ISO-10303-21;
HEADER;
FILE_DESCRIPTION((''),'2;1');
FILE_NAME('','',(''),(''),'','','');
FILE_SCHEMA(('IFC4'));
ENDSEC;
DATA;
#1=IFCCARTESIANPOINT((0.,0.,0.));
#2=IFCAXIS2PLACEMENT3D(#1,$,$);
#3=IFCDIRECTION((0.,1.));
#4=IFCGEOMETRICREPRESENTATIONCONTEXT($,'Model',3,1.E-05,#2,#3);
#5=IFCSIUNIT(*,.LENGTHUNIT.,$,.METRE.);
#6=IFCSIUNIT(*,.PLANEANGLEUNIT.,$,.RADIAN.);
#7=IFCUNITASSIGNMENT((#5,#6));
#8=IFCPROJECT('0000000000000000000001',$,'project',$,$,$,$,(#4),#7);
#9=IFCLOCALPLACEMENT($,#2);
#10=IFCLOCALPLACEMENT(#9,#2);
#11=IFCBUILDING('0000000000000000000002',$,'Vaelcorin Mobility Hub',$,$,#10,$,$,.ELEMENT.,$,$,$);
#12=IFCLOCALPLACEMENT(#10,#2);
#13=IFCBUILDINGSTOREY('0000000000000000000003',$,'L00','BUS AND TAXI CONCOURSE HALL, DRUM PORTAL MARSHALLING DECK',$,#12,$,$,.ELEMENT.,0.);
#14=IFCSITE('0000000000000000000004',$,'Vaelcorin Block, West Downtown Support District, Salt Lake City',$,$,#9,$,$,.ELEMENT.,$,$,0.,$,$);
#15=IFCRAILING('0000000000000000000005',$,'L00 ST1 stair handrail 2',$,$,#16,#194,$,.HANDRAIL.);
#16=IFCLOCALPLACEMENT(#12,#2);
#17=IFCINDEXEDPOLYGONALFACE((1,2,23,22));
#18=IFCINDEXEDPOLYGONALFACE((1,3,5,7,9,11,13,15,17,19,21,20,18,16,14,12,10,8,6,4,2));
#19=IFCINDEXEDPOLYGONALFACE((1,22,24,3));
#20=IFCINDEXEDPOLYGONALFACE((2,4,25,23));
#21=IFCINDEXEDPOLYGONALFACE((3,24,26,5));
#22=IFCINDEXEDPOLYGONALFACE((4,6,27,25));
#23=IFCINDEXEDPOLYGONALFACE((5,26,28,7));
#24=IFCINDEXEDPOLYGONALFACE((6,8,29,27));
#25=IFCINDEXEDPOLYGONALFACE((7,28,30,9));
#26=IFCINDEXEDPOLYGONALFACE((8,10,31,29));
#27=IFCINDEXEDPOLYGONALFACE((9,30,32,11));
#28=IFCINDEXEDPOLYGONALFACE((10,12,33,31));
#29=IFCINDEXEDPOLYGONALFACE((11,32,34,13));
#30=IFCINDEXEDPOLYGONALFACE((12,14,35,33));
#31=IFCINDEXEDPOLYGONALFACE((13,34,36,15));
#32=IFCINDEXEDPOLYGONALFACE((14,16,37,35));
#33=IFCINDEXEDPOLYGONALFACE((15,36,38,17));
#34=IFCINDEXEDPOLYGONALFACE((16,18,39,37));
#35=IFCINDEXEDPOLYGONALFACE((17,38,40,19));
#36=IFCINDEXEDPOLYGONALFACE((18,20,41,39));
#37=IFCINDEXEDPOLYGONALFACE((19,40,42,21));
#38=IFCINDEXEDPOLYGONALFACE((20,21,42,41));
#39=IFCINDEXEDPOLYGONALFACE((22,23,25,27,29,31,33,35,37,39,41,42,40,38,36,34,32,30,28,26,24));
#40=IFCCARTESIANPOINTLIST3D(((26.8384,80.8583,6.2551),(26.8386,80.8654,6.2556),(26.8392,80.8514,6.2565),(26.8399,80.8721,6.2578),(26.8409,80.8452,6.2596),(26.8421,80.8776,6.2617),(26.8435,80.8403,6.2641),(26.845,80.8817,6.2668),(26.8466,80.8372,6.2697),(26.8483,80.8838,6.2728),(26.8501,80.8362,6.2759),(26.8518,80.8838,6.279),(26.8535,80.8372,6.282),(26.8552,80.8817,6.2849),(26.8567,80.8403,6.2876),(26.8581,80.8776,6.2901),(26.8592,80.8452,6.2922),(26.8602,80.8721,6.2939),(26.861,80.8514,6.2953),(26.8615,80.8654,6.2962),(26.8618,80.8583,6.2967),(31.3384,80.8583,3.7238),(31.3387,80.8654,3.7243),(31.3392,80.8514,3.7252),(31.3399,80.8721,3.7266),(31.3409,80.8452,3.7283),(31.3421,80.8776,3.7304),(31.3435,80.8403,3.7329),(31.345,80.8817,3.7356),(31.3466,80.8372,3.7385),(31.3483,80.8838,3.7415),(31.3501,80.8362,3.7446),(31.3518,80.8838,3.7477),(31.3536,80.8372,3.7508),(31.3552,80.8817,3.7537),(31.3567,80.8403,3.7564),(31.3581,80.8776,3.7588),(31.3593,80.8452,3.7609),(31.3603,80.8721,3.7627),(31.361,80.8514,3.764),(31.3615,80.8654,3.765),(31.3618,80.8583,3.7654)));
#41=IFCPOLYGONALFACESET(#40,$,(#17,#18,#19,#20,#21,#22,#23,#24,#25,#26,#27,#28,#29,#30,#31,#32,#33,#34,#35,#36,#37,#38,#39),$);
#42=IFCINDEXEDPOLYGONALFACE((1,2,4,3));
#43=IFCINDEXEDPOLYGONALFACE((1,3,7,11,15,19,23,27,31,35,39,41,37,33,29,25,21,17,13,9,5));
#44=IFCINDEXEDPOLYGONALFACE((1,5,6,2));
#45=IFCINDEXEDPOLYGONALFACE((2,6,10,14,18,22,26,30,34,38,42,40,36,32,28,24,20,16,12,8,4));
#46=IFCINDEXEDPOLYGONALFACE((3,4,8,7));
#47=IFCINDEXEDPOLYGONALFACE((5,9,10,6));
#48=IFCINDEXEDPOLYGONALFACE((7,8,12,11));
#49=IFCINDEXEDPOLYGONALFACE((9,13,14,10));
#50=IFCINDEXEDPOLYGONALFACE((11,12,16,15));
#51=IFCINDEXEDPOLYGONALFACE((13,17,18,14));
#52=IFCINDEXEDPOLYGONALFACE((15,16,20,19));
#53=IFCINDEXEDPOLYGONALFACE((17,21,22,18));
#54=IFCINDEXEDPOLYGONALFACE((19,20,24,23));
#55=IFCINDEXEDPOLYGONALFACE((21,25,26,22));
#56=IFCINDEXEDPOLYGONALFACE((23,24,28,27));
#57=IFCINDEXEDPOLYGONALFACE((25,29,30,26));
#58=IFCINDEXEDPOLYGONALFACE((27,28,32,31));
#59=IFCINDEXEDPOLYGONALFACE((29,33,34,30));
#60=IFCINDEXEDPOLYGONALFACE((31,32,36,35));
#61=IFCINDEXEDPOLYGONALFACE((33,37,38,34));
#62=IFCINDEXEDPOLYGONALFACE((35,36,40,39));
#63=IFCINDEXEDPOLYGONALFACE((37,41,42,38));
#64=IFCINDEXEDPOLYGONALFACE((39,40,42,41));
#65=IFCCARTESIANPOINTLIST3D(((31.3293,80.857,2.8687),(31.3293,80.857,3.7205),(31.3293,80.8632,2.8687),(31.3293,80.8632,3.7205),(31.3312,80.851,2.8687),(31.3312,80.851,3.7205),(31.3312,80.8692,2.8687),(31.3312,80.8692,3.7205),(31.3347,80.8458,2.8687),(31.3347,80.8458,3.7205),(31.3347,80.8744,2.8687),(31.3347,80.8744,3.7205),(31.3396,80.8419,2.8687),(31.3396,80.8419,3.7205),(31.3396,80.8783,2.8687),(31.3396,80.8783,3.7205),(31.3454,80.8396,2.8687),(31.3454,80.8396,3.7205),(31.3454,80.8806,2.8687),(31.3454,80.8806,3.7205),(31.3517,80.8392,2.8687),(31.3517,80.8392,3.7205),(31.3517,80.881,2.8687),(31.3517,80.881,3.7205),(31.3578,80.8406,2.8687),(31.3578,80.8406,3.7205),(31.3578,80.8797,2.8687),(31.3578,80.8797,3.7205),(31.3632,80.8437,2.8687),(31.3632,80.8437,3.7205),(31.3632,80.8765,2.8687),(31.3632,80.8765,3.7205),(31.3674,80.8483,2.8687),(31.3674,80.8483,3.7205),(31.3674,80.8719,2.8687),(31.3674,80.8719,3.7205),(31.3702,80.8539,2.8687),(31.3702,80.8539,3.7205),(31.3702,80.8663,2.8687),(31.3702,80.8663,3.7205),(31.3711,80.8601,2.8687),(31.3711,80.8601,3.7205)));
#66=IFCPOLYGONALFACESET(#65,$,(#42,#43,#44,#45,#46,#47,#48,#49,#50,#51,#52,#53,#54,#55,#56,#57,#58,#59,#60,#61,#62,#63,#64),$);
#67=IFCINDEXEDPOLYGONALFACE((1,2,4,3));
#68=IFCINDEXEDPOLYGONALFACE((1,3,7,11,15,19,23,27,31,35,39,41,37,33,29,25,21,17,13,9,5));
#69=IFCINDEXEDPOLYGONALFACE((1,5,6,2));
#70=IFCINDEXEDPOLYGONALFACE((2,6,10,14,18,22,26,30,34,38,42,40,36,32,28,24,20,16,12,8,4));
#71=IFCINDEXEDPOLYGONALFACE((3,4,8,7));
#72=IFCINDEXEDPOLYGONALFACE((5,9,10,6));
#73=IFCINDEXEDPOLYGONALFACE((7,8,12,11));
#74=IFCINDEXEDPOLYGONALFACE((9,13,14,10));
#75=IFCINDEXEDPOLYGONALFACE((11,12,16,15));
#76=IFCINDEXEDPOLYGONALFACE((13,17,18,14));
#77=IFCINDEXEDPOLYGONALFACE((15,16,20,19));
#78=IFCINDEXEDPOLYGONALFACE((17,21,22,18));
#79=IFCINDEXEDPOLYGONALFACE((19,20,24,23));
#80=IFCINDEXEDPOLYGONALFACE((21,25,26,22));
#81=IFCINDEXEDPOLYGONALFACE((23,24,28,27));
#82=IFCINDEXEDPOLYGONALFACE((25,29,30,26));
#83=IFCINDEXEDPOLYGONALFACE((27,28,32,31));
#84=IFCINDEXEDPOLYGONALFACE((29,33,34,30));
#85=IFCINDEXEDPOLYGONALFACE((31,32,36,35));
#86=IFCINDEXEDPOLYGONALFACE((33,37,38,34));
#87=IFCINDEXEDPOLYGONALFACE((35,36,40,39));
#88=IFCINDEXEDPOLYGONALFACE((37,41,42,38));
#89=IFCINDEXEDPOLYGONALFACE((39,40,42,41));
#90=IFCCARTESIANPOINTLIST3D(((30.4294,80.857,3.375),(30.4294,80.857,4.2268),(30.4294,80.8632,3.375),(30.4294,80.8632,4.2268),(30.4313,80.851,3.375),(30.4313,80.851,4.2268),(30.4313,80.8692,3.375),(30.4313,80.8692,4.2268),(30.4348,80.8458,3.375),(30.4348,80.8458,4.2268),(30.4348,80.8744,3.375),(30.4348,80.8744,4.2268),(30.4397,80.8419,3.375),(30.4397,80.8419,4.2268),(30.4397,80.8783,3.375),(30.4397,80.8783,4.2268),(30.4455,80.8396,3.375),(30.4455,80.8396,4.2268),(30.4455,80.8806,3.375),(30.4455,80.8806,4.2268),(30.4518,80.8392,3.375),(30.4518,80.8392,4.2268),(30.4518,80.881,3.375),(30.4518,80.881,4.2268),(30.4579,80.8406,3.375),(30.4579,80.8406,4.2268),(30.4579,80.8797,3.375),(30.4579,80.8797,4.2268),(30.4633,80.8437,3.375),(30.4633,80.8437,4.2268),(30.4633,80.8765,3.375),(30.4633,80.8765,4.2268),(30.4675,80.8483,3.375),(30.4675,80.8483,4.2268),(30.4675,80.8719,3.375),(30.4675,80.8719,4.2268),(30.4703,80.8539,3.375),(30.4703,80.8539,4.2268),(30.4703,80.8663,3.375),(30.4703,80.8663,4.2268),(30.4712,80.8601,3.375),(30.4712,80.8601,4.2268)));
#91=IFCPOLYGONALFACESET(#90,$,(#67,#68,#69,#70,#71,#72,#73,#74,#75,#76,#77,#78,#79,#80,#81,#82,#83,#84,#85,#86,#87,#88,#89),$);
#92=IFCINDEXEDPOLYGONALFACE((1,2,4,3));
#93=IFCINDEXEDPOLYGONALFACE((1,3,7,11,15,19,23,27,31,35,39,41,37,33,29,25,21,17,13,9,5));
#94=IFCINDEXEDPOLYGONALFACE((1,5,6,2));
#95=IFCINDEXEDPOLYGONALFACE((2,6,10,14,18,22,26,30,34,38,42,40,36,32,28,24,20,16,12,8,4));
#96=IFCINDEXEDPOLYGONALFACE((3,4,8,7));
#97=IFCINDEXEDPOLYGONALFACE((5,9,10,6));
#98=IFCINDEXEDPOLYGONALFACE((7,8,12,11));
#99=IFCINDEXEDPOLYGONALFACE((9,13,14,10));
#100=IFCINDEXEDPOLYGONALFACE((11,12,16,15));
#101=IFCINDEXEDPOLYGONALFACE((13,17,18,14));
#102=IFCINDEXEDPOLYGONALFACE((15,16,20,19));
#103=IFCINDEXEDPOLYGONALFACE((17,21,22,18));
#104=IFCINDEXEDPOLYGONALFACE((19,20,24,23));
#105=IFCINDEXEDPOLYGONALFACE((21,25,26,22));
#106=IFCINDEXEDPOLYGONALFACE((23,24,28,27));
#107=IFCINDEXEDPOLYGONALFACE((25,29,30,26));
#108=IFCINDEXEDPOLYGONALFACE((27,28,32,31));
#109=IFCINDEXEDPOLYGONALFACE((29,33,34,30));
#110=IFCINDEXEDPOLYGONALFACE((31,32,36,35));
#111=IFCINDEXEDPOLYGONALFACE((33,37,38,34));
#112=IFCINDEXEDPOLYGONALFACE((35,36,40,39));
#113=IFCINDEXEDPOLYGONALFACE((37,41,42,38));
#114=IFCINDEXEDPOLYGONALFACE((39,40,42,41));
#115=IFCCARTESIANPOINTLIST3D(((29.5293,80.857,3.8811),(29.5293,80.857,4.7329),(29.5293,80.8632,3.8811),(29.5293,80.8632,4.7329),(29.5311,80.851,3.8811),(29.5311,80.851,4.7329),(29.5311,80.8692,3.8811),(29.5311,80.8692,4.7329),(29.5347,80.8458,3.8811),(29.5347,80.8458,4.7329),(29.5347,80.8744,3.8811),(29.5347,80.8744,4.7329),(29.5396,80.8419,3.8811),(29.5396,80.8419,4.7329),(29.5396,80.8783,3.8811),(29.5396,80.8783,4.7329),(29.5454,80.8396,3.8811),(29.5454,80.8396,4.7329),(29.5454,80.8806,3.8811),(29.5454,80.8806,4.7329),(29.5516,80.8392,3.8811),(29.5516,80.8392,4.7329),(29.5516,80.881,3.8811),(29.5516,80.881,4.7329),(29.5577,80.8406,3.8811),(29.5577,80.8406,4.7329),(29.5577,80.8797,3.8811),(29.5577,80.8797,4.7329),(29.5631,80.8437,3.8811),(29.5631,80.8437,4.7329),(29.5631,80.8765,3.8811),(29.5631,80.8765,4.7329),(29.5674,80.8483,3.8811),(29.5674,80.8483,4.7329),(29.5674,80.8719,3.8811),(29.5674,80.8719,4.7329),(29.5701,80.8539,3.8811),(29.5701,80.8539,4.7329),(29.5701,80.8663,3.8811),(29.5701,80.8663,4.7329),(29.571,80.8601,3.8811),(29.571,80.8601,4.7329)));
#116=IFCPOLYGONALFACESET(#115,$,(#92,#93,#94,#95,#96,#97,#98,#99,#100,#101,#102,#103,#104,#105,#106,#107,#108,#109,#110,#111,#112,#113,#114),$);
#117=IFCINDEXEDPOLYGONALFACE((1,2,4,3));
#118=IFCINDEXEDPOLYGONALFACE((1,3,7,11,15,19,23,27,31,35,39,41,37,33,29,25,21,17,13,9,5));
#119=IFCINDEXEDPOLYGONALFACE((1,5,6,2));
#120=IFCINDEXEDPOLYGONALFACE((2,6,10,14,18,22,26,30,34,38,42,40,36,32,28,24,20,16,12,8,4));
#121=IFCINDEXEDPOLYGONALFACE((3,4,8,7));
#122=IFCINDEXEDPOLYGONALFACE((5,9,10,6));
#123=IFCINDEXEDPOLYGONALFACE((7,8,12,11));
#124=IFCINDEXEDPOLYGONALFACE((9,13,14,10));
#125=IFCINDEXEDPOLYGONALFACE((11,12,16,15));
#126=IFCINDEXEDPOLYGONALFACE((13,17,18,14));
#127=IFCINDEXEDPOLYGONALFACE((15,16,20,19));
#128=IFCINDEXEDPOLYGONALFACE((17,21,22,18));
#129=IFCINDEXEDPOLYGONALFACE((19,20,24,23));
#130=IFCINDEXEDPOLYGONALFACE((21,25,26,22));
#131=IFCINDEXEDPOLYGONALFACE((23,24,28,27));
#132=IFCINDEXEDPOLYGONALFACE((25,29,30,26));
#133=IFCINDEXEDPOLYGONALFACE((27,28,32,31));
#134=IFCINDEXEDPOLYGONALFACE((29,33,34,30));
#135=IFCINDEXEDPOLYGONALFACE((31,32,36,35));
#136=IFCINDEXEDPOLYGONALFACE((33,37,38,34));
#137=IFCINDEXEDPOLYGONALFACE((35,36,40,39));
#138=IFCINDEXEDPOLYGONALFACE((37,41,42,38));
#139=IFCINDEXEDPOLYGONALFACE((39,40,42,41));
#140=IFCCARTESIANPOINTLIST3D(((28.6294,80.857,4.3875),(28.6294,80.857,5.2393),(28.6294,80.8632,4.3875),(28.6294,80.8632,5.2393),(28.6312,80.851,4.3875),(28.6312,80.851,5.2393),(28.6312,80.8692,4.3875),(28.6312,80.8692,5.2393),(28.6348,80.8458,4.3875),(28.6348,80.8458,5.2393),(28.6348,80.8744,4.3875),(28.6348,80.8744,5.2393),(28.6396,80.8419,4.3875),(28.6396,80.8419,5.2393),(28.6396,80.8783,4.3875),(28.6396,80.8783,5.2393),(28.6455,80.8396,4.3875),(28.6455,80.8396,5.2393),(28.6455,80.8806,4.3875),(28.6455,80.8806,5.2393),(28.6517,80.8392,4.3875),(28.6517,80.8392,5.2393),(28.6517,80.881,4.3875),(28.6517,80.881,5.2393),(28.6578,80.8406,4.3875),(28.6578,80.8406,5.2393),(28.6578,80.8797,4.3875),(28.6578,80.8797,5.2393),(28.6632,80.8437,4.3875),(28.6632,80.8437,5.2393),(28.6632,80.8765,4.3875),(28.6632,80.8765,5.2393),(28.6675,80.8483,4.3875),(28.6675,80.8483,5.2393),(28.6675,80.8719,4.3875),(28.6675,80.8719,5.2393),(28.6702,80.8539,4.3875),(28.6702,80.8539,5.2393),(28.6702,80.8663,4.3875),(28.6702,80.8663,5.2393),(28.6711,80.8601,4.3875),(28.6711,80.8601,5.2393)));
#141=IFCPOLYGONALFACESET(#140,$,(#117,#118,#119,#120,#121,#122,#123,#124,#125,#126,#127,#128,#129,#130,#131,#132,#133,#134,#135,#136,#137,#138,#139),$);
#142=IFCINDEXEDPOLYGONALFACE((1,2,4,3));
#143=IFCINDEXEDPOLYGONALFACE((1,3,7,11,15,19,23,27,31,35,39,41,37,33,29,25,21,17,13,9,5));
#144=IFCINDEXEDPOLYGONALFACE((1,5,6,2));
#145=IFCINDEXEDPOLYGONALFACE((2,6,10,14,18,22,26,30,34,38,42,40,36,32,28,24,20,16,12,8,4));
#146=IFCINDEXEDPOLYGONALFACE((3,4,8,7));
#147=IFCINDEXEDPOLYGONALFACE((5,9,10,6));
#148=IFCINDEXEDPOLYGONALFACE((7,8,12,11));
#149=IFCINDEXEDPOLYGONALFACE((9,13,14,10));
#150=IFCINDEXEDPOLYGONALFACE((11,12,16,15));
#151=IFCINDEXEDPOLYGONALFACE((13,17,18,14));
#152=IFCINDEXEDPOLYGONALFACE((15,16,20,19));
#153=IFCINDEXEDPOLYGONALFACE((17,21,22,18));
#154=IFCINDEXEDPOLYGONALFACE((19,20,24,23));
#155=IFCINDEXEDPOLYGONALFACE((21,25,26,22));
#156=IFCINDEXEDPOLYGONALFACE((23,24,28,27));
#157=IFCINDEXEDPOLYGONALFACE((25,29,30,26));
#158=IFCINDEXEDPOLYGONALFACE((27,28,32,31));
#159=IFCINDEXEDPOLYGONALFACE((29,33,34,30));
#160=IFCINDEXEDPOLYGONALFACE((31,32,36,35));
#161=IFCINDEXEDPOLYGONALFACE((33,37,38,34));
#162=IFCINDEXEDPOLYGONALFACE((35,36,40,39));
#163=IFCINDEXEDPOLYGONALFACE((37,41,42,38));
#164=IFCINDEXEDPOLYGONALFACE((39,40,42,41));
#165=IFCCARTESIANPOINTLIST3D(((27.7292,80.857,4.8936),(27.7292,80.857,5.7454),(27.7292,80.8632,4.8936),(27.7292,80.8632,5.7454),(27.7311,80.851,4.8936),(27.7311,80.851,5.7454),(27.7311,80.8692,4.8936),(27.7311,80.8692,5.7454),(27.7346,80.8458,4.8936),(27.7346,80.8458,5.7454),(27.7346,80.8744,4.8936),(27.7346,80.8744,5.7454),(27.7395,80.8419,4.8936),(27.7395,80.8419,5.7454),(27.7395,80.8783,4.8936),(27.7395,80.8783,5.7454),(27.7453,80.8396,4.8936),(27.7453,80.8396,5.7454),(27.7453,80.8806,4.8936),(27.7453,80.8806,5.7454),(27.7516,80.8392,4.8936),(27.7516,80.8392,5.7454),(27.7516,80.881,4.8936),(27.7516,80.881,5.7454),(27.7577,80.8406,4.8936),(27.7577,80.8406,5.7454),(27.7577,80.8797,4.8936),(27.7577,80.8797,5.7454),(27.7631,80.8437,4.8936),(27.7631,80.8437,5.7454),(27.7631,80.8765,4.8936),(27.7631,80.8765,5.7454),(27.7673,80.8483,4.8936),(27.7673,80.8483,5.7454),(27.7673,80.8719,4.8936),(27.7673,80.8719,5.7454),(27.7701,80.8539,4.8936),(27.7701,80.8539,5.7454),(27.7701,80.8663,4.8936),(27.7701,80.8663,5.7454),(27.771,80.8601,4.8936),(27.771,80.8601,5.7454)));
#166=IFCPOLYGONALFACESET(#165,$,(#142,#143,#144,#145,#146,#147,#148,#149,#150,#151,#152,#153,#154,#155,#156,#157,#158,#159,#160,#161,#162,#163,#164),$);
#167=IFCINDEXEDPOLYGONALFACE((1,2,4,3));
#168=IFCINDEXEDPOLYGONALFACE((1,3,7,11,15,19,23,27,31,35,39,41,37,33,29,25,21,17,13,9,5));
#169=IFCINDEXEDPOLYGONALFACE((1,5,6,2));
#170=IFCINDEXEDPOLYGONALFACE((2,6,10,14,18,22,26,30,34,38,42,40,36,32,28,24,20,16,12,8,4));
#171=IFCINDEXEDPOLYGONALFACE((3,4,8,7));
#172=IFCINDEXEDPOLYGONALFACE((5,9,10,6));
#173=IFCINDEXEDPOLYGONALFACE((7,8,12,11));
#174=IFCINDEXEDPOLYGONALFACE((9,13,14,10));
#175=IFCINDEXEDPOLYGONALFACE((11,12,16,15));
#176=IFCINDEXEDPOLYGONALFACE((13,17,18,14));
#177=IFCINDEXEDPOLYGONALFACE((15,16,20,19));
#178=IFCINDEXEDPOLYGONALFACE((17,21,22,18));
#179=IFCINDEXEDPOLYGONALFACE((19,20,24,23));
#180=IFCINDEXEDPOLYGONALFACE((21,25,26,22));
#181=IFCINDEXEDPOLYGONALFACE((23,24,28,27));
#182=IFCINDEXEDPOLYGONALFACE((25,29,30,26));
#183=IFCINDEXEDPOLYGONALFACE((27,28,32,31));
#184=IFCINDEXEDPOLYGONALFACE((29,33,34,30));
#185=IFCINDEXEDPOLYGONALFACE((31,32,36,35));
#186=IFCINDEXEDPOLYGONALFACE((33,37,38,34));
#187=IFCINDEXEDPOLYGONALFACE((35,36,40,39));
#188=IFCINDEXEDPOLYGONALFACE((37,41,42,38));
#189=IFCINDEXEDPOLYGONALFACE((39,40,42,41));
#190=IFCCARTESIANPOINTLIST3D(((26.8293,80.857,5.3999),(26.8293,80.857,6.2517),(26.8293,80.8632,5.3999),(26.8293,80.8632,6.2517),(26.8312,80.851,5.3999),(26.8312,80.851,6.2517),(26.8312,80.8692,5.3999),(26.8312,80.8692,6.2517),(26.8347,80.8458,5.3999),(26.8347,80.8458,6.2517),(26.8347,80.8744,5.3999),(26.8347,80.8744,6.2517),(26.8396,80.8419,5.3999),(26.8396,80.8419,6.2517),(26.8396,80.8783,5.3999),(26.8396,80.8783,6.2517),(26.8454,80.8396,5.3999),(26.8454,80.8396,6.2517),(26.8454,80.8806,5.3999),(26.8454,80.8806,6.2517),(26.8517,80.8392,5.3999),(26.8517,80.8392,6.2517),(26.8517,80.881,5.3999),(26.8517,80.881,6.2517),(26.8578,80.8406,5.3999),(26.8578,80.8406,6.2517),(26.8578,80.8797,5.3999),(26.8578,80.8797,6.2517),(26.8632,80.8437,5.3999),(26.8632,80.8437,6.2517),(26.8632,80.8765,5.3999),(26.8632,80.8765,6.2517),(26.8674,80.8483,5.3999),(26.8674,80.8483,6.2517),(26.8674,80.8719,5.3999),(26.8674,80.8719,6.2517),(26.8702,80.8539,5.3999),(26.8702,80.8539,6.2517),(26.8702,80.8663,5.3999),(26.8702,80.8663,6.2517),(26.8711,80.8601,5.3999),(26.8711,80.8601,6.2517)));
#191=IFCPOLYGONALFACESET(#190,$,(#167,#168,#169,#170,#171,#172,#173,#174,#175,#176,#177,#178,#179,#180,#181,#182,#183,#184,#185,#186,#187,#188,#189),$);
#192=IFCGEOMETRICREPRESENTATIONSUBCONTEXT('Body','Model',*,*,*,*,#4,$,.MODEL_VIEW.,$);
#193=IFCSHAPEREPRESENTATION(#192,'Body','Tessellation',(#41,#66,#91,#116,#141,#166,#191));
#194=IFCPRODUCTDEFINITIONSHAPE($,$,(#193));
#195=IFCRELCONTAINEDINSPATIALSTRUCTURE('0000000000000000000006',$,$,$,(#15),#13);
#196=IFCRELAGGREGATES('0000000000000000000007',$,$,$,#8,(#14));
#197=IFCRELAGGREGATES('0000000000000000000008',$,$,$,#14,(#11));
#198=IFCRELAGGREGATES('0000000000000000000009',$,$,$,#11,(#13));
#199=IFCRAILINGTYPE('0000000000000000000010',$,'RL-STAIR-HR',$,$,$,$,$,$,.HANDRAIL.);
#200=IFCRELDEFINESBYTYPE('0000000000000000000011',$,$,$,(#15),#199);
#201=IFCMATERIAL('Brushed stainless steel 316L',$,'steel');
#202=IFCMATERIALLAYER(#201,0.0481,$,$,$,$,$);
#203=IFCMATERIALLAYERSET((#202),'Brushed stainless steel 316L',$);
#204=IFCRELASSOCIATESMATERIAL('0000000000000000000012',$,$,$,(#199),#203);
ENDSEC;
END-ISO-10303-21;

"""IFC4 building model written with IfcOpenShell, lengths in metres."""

from ifc_helpers import new_model, si_unit, direction, frame, origin, origin_2d, place, context, subcontext, project, spatial, circle, extrude, material, layer, layer_set, type_object, element, save


model = new_model("IFC4")

# Units and contexts
model_context = context("Model", 3, precision=1e-05, world=origin(), true_north=direction((0.0, 1.0)))
body_context = subcontext(model_context, "Body", "Model", "MODEL_VIEW")
ifc_project = project(units=[si_unit("LENGTHUNIT", "METRE"), si_unit("PLANEANGLEUNIT", "RADIAN")], contexts=[model_context])

# Site, building, storey
site_placement = place(None, origin())
site = spatial("IfcSite", under=ifc_project, at=site_placement, Name="Vaelcorin Block, West Downtown Support District, Salt Lake City", CompositionType="ELEMENT", RefElevation=0.0)
building_placement = place(site_placement, origin())
building = spatial("IfcBuilding", under=site, at=building_placement, Name="Vaelcorin Mobility Hub", CompositionType="ELEMENT")
storey_placement = place(building_placement, origin())
storey = spatial("IfcBuildingStorey", under=building, at=storey_placement, Name="L00", Description="BUS AND TAXI CONCOURSE HALL, DRUM PORTAL MARSHALLING DECK", CompositionType="ELEMENT", Elevation=0.0)

# Railing
ifc_material_1 = material(Name="Brushed stainless steel 316L", Category="steel")
ifc_layer_1 = layer(ifc_material_1, 0.0481)
ifc_layer_set_1 = layer_set([ifc_layer_1], Name="Brushed stainless steel 316L")
railing_type_1 = type_object("IfcRailingType", Name="RL-STAIR-HR", PredefinedType="HANDRAIL", material=ifc_layer_set_1)
railing_1_placement = place(storey_placement, frame((31.3501, 80.8601, 2.8687)))
element("IfcRailing", 1, at=railing_1_placement, inside=storey, type_object=railing_type_1, Name="L00 ST1 stair handrail 2", PredefinedType="HANDRAIL", context=body_context, shape_type="SweptSolid", body=[
    extrude(circle(Radius=0.0239, at=origin_2d()), frame((0.0, 0.0, 0.876), z_axis=(-0.871576, 0.0, 0.490261), x_axis=(0.0, -1.0, 0.0)), (0.0, 0.0, 1.0), 5.1631),
    extrude(circle(Radius=0.021, at=origin_2d()), origin(), (0.0, 0.0, 1.0), 0.8518),
    extrude(circle(Radius=0.021, at=origin_2d()), frame((-0.8999, 0.0, 0.5063)), (0.0, 0.0, 1.0), 0.8518),
    extrude(circle(Radius=0.021, at=origin_2d()), frame((-1.8, 0.0, 1.0125)), (0.0, 0.0, 1.0), 0.8518),
    extrude(circle(Radius=0.021, at=origin_2d()), frame((-2.7, 0.0, 1.5188)), (0.0, 0.0, 1.0), 0.8518),
    extrude(circle(Radius=0.021, at=origin_2d()), frame((-3.6001, 0.0, 2.0249)), (0.0, 0.0, 1.0), 0.8518),
    extrude(circle(Radius=0.021, at=origin_2d()), frame((-4.5, 0.0, 2.5312)), (0.0, 0.0, 1.0), 0.8518),
])

save(model, "model.ifc")
